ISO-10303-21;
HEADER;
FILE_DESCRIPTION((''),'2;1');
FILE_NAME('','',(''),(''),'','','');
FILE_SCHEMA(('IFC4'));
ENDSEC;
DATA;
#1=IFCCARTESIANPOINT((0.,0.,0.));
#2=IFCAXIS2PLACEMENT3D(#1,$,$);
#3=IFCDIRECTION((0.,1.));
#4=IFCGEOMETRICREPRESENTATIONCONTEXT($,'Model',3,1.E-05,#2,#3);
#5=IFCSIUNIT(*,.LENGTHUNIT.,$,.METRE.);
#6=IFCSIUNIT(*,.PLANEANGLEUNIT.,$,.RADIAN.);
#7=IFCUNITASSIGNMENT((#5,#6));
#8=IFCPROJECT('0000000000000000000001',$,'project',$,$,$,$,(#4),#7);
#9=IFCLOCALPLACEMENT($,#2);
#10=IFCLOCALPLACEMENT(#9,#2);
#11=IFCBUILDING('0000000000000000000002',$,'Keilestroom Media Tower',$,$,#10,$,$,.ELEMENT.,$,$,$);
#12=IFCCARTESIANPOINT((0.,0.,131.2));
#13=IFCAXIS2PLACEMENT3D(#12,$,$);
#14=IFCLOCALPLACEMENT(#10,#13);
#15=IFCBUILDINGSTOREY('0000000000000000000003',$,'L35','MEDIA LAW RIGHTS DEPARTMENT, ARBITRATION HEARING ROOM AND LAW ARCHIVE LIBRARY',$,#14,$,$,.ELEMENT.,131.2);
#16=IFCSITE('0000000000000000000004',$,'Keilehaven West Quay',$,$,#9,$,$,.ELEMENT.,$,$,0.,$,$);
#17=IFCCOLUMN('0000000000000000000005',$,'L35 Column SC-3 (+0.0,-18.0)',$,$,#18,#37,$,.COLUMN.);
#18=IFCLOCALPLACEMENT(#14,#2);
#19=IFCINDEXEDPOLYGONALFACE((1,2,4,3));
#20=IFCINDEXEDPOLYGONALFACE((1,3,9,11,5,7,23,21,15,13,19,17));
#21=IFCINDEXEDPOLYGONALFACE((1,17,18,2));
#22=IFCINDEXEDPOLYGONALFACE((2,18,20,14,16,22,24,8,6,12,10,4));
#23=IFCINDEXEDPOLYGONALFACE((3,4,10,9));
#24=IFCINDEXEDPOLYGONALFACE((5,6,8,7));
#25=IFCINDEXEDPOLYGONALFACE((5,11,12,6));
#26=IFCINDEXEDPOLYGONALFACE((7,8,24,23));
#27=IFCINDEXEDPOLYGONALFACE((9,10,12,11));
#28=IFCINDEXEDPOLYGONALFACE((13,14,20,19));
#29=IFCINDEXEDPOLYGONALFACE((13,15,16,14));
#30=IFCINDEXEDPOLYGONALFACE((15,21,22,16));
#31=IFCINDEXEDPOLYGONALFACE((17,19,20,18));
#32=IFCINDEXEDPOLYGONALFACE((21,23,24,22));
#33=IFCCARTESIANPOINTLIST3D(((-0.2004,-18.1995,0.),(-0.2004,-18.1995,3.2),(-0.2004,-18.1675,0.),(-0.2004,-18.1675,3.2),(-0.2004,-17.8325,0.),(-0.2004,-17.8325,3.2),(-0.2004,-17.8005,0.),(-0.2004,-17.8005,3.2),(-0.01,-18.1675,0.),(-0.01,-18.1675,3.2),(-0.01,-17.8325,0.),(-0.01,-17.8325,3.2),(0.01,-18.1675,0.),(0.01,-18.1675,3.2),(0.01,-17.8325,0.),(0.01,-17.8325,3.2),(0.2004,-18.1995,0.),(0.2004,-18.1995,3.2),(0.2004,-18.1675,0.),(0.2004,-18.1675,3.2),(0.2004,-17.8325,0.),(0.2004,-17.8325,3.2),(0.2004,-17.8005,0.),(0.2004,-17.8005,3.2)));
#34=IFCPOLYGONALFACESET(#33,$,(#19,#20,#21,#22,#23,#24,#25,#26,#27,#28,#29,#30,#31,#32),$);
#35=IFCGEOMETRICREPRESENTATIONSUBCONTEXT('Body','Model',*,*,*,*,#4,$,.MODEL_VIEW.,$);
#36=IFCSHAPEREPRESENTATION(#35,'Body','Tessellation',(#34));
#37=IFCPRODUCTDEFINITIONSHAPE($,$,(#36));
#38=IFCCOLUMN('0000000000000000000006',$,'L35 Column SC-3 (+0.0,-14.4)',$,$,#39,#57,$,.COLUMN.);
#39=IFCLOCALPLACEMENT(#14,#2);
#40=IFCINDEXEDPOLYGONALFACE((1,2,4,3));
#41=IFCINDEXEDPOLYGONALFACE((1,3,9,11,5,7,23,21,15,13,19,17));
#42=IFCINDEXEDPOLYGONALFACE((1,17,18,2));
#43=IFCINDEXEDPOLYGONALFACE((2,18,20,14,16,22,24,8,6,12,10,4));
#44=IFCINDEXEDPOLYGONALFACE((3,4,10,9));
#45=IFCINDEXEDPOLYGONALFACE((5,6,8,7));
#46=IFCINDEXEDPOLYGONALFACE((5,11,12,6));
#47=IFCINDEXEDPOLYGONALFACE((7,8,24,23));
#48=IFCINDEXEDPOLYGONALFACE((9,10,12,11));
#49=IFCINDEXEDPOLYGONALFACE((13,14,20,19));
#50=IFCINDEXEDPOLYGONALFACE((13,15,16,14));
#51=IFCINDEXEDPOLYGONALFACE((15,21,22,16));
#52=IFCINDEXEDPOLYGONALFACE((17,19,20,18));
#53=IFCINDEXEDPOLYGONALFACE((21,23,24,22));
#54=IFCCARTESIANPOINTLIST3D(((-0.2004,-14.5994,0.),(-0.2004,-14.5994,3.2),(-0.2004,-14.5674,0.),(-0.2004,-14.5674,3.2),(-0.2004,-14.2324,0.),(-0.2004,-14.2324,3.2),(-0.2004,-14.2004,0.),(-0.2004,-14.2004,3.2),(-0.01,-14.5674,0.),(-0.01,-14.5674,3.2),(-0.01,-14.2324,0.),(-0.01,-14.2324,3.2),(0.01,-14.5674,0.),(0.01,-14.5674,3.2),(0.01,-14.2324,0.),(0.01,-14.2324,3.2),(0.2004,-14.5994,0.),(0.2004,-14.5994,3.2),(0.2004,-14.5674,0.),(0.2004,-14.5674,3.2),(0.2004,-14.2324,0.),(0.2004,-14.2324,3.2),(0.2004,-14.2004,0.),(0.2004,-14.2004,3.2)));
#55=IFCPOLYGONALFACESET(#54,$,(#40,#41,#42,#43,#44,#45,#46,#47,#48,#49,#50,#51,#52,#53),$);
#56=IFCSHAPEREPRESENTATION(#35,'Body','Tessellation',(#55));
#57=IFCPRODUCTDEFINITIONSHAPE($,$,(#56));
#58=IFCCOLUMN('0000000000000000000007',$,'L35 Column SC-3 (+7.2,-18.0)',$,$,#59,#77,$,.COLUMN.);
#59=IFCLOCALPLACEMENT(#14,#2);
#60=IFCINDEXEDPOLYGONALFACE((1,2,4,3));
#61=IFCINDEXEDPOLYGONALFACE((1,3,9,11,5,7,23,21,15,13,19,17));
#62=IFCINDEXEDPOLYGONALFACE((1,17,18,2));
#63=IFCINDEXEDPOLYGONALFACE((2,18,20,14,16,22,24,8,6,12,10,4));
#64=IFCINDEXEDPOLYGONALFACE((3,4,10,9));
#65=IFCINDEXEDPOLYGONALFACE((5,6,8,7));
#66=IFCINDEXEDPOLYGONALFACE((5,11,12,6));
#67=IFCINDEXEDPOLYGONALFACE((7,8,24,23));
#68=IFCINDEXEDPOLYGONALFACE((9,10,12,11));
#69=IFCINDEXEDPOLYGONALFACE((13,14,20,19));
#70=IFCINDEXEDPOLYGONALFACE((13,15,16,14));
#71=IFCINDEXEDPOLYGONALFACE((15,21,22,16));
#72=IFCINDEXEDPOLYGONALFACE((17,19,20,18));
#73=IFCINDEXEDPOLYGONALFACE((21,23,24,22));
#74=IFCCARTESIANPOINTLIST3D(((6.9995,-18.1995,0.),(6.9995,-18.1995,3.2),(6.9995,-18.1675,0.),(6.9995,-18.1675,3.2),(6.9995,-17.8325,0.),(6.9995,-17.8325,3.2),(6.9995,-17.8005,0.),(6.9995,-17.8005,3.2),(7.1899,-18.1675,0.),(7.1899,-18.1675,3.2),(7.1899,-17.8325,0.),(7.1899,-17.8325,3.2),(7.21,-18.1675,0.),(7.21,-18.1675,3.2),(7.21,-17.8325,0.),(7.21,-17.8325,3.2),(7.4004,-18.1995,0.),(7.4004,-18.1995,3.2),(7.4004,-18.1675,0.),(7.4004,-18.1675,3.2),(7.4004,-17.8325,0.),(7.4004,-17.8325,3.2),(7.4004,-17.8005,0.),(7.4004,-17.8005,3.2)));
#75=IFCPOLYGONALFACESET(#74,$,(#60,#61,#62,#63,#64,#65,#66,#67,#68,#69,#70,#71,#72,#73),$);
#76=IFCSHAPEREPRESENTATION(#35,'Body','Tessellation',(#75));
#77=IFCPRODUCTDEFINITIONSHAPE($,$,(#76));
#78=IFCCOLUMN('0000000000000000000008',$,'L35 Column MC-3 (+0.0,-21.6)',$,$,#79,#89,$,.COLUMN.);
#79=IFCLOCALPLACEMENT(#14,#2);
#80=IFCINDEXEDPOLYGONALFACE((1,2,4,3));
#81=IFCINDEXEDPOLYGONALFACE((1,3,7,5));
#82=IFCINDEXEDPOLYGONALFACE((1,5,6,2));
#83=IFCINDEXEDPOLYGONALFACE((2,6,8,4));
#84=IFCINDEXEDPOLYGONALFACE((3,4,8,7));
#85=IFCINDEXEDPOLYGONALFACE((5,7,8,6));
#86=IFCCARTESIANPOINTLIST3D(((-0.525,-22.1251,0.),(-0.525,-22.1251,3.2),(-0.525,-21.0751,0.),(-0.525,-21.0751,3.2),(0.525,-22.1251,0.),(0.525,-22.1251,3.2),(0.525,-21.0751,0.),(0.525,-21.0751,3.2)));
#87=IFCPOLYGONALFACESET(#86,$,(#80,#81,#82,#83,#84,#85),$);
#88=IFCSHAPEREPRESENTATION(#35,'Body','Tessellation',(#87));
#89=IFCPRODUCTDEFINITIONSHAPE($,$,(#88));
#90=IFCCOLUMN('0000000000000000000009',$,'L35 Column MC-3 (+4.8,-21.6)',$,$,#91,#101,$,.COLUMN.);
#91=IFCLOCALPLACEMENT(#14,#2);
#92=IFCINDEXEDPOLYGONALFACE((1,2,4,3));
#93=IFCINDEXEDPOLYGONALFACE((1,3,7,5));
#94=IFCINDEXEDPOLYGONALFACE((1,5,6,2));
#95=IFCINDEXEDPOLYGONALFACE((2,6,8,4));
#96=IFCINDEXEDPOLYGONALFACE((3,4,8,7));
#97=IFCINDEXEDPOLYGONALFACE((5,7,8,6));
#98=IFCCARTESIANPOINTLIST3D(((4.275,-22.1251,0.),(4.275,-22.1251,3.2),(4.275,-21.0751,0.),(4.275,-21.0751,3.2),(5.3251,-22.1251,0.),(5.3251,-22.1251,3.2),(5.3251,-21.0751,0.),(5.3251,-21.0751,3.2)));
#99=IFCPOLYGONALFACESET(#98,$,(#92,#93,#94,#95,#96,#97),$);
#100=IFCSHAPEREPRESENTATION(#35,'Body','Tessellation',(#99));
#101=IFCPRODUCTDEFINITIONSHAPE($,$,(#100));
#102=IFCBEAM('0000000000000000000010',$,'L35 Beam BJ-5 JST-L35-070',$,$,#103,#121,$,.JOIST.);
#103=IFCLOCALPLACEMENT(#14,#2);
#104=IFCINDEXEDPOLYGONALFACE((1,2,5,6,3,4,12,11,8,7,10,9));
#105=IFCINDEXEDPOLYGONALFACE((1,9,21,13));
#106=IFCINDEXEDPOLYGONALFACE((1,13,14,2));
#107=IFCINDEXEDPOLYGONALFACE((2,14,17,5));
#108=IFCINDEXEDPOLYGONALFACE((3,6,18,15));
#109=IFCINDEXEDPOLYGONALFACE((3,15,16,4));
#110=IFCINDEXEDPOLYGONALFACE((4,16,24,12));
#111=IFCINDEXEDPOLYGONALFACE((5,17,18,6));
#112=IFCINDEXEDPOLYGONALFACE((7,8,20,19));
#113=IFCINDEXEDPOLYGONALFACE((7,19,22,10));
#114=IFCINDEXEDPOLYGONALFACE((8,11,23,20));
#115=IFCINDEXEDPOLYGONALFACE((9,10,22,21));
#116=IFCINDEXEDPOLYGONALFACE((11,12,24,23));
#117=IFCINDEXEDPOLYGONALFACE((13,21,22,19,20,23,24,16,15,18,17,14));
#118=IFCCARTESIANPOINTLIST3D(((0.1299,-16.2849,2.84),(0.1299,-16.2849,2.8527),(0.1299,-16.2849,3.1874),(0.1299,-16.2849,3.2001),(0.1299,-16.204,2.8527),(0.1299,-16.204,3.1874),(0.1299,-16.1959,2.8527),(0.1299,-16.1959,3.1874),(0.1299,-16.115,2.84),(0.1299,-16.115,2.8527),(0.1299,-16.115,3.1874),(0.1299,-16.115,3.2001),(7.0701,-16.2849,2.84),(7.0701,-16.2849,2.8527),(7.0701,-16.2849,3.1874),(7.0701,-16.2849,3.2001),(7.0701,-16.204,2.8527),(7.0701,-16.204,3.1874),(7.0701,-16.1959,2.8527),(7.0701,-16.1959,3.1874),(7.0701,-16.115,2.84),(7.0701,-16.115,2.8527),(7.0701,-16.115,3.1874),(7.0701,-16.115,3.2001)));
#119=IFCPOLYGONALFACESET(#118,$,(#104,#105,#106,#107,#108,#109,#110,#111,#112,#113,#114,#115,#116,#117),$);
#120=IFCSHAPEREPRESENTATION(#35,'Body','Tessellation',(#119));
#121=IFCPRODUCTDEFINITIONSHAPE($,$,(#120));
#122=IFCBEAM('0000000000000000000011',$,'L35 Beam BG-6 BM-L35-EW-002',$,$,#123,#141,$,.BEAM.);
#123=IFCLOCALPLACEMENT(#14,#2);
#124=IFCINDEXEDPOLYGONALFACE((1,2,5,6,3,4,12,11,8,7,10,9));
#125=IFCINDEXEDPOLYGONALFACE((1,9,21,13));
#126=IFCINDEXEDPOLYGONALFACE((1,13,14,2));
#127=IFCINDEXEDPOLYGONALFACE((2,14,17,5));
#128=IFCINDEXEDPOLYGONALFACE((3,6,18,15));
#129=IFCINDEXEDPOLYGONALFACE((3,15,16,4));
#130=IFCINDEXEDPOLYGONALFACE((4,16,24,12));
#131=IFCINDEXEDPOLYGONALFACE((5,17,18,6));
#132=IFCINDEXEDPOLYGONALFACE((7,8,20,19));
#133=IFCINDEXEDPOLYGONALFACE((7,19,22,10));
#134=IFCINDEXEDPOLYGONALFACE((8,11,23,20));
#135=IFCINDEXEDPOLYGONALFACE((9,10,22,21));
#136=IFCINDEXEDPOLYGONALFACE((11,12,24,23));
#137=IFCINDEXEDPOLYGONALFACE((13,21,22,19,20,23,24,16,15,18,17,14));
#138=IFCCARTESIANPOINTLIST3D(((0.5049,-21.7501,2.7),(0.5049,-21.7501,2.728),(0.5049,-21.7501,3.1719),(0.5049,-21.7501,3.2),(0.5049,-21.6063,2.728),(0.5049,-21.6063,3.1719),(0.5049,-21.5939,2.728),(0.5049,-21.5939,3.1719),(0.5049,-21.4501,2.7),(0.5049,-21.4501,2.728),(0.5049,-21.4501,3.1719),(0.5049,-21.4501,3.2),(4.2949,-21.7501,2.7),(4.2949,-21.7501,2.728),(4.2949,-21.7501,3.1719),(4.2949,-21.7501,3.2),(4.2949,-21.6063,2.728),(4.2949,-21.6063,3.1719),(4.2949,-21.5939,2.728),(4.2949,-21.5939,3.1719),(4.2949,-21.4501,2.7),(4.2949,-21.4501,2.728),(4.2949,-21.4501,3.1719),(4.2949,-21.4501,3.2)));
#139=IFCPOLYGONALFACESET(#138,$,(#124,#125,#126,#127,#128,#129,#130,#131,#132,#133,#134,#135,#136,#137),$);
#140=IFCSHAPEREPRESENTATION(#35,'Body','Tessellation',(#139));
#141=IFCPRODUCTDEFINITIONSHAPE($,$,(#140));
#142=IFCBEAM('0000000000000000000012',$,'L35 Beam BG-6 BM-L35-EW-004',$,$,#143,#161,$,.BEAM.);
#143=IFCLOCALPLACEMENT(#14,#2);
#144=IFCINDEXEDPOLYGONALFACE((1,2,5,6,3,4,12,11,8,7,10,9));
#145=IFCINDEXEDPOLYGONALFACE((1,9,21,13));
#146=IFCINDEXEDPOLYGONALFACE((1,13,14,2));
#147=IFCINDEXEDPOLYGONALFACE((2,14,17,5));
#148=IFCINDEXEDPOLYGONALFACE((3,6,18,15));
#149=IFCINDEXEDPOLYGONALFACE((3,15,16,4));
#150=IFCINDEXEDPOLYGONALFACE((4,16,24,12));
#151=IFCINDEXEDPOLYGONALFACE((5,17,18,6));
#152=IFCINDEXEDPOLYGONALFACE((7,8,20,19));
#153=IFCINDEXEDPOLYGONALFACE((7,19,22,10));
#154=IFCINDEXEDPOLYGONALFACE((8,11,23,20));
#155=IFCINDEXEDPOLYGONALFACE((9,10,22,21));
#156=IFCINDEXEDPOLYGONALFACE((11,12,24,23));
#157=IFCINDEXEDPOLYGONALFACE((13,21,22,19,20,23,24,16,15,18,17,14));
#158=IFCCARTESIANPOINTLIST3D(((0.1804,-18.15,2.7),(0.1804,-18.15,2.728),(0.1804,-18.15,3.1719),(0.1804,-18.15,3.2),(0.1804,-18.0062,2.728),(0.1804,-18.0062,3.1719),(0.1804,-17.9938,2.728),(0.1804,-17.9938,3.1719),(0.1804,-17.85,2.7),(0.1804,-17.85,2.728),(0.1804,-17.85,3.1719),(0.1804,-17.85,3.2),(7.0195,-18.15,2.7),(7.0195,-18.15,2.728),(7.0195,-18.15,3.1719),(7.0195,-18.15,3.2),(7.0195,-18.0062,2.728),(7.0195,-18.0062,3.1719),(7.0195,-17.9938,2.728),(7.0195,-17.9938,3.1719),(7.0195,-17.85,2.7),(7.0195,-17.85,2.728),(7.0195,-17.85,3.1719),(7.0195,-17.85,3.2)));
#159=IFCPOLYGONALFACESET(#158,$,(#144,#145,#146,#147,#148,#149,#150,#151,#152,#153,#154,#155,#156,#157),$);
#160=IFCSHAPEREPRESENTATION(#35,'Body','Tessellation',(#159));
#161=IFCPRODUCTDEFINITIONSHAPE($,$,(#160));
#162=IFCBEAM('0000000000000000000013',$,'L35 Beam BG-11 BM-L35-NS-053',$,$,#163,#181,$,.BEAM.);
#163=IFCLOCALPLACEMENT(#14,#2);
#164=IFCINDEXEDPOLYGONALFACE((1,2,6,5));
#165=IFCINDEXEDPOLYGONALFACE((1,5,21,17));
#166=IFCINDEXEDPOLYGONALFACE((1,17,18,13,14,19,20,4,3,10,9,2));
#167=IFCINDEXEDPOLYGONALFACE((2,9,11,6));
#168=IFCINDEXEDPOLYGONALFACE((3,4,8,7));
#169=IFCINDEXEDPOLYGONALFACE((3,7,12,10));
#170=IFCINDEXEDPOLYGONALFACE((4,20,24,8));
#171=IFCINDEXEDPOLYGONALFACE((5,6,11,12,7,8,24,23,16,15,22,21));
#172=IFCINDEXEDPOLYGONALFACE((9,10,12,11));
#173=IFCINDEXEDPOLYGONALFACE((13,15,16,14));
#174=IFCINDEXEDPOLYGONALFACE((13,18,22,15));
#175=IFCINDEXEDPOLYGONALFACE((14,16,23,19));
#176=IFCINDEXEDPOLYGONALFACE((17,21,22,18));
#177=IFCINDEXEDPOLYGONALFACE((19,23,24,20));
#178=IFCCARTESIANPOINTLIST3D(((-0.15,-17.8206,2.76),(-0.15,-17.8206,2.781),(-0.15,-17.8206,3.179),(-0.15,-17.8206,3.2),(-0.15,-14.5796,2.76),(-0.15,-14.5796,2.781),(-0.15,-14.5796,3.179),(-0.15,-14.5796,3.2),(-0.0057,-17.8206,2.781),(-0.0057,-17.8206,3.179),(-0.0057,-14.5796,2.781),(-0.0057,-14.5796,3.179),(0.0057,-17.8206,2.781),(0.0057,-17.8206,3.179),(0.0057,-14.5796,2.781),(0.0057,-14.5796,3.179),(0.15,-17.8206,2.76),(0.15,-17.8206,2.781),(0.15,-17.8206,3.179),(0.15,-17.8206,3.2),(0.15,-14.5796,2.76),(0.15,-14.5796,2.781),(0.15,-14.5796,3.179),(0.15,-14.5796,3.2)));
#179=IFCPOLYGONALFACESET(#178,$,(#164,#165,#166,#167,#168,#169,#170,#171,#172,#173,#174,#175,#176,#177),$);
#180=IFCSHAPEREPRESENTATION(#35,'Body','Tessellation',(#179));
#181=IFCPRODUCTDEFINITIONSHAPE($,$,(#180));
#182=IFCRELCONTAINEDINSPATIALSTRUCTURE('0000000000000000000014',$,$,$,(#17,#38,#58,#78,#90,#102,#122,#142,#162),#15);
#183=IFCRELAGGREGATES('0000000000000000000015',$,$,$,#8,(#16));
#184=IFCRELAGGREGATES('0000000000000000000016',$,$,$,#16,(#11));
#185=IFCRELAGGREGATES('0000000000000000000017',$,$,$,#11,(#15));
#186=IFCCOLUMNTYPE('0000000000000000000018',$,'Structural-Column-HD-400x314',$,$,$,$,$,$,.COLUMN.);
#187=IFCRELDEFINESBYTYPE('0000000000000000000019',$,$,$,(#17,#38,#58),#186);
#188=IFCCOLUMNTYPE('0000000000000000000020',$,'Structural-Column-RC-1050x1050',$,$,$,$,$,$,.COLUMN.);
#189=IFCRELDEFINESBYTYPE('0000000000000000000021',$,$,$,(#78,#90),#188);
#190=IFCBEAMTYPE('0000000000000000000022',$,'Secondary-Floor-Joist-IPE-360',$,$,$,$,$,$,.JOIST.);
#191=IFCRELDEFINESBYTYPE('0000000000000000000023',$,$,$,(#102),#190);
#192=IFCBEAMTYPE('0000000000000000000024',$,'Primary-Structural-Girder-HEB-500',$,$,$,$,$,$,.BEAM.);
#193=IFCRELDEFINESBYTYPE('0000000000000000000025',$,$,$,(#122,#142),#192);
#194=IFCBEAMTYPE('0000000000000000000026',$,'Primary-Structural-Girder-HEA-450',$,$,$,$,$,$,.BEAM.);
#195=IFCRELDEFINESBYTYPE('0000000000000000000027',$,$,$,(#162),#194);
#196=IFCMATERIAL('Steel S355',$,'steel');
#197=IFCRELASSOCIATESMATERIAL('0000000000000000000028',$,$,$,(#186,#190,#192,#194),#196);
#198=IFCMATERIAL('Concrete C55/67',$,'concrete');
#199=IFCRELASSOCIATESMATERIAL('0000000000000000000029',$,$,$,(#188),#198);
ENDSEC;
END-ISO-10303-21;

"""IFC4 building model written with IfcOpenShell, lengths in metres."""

from ifc_helpers import new_model, si_unit, direction, frame, origin, origin_2d, place, context, subcontext, project, spatial, rectangle, i_section, extrude, source, transform, mapped, material, material_profile, profile_set, type_object, element, save


model = new_model("IFC4")

# Units and contexts
model_context = context("Model", 3, precision=1e-05, world=origin(), true_north=direction((0.0, 1.0)))
body_context = subcontext(model_context, "Body", "Model", "MODEL_VIEW")
ifc_project = project(units=[si_unit("LENGTHUNIT", "METRE"), si_unit("PLANEANGLEUNIT", "RADIAN")], contexts=[model_context])

# Site, building, storey
site_placement = place(None, origin())
site = spatial("IfcSite", under=ifc_project, at=site_placement, Name="Keilehaven West Quay", CompositionType="ELEMENT", RefElevation=0.0)
building_placement = place(site_placement, origin())
building = spatial("IfcBuilding", under=site, at=building_placement, Name="Keilestroom Media Tower", CompositionType="ELEMENT")
storey_placement = place(building_placement, frame((0.0, 0.0, 131.2)))
storey = spatial("IfcBuildingStorey", under=building, at=storey_placement, Name="L35", Description="MEDIA LAW RIGHTS DEPARTMENT, ARBITRATION HEARING ROOM AND LAW ARCHIVE LIBRARY", CompositionType="ELEMENT", Elevation=131.2)

# Columns
ifc_material_1 = material(Name="Steel S355", Category="steel")
ifc_material_profile_1 = material_profile(ifc_material_1, i_section(OverallWidth=0.4009, OverallDepth=0.3989, WebThickness=0.02, FlangeThickness=0.032, at=origin_2d()), Name="HD 400x314")
ifc_profile_set_1 = profile_set([ifc_material_profile_1], Name="Steel S355")
column_type_1 = type_object("IfcColumnType", Name="Structural-Column-HD-400x314", PredefinedType="COLUMN", material=ifc_profile_set_1)
shared_shape_1 = source(origin(), body_context, "Body", "SweptSolid", [
    extrude(i_section(OverallWidth=0.4009, OverallDepth=0.3989, WebThickness=0.02, FlangeThickness=0.032, at=origin_2d()), origin(), (0.0, 0.0, 1.0), 3.2),
])
for number, where, z_axis, x_axis, name in (
    (1, (0.0, -18.0, 0.0), (0.0, 0.0, 1.0), (1.0, 0.0, 0.0), "L35 Column SC-3 (+0.0,-18.0)"),
    (2, (0.0, -14.3999, 0.0), (0.0, 0.0, 1.0), (1.0, 0.0, 0.0), "L35 Column SC-3 (+0.0,-14.4)"),
    (3, (7.2, -18.0, 0.0), (0.0, 0.0, 1.0), (1.0, 0.0, 0.0), "L35 Column SC-3 (+7.2,-18.0)"),
):
    element("IfcColumn", number, at=place(storey_placement, frame(where, z_axis=z_axis, x_axis=x_axis)), inside=storey, type_object=column_type_1, Name=name, PredefinedType="COLUMN", context=body_context, shape_type="MappedRepresentation", body=[
        mapped(shared_shape_1, transform((0.0, 0.0, 0.0), x_axis=(1.0, 0.0, 0.0), y_axis=(0.0, 1.0, 0.0), z_axis=(0.0, 0.0, 1.0), scale=1.0)),
    ])
ifc_material_2 = material(Name="Concrete C55/67", Category="concrete")
ifc_material_profile_2 = material_profile(ifc_material_2, rectangle(XDim=1.05, YDim=1.05, at=origin_2d()), Name="RC 1050x1050")
ifc_profile_set_2 = profile_set([ifc_material_profile_2], Name="Concrete C55/67")
column_type_2 = type_object("IfcColumnType", Name="Structural-Column-RC-1050x1050", PredefinedType="COLUMN", material=ifc_profile_set_2)
shared_shape_2 = source(origin(), body_context, "Body", "SweptSolid", [
    extrude(rectangle(XDim=1.05, YDim=1.05, at=origin_2d()), origin(), (0.0, 0.0, 1.0), 3.2),
])
for number, where, z_axis, x_axis, name in (
    (4, (0.0, -21.6001, 0.0), (0.0, 0.0, 1.0), (1.0, 0.0, 0.0), "L35 Column MC-3 (+0.0,-21.6)"),
    (5, (4.8, -21.6001, 0.0), (0.0, 0.0, 1.0), (1.0, 0.0, 0.0), "L35 Column MC-3 (+4.8,-21.6)"),
):
    element("IfcColumn", number, at=place(storey_placement, frame(where, z_axis=z_axis, x_axis=x_axis)), inside=storey, type_object=column_type_2, Name=name, PredefinedType="COLUMN", context=body_context, shape_type="MappedRepresentation", body=[
        mapped(shared_shape_2, transform((0.0, 0.0, 0.0), x_axis=(1.0, 0.0, 0.0), y_axis=(0.0, 1.0, 0.0), z_axis=(0.0, 0.0, 1.0), scale=1.0)),
    ])

# Beams
ifc_material_profile_3 = material_profile(ifc_material_1, i_section(OverallWidth=0.1699, OverallDepth=0.3601, WebThickness=0.0081, FlangeThickness=0.0127, at=origin_2d()), Name="IPE 360")
ifc_profile_set_3 = profile_set([ifc_material_profile_3], Name="Steel S355")
beam_type_1 = type_object("IfcBeamType", Name="Secondary-Floor-Joist-IPE-360", PredefinedType="JOIST", material=ifc_profile_set_3)
shared_shape_3 = source(origin(), body_context, "Body", "SweptSolid", [
    extrude(i_section(OverallWidth=0.1699, OverallDepth=0.3601, WebThickness=0.0081, FlangeThickness=0.0127, at=origin_2d()), origin(), (0.0, 0.0, 1.0), 6.9402),
])
beam_1_placement = place(storey_placement, frame((0.1299, -16.2, 3.02), z_axis=(1.0, 0.0, 0.0), x_axis=(0.0, 1.0, 0.0)))
element("IfcBeam", 6, at=beam_1_placement, inside=storey, type_object=beam_type_1, Name="L35 Beam BJ-5 JST-L35-070", PredefinedType="JOIST", context=body_context, shape_type="MappedRepresentation", body=[
    mapped(shared_shape_3, transform((0.0, 0.0, 0.0), x_axis=(1.0, 0.0, 0.0), y_axis=(0.0, 1.0, 0.0), z_axis=(0.0, 0.0, 1.0), scale=1.0)),
])
ifc_material_profile_4 = material_profile(ifc_material_1, i_section(OverallWidth=0.3, OverallDepth=0.5, WebThickness=0.0125, FlangeThickness=0.0281, at=origin_2d()), Name="HEB 500")
ifc_profile_set_4 = profile_set([ifc_material_profile_4], Name="Steel S355")
beam_type_2 = type_object("IfcBeamType", Name="Primary-Structural-Girder-HEB-500", PredefinedType="BEAM", material=ifc_profile_set_4)
shared_shape_4 = source(origin(), body_context, "Body", "SweptSolid", [
    extrude(i_section(OverallWidth=0.3, OverallDepth=0.5, WebThickness=0.0125, FlangeThickness=0.0281, at=origin_2d()), origin(), (0.0, 0.0, 1.0), 3.79),
])
beam_2_placement = place(storey_placement, frame((0.5049, -21.6001, 2.95), z_axis=(1.0, 0.0, 0.0), x_axis=(0.0, 1.0, 0.0)))
element("IfcBeam", 7, at=beam_2_placement, inside=storey, type_object=beam_type_2, Name="L35 Beam BG-6 BM-L35-EW-002", PredefinedType="BEAM", context=body_context, shape_type="MappedRepresentation", body=[
    mapped(shared_shape_4, transform((0.0, 0.0, 0.0), x_axis=(1.0, 0.0, 0.0), y_axis=(0.0, 1.0, 0.0), z_axis=(0.0, 0.0, 1.0), scale=1.0)),
])
shared_shape_5 = source(origin(), body_context, "Body", "SweptSolid", [
    extrude(i_section(OverallWidth=0.3, OverallDepth=0.5, WebThickness=0.0125, FlangeThickness=0.0281, at=origin_2d()), origin(), (0.0, 0.0, 1.0), 6.8391),
])
beam_3_placement = place(storey_placement, frame((0.1804, -18.0, 2.95), z_axis=(1.0, 0.0, 0.0), x_axis=(0.0, 1.0, 0.0)))
element("IfcBeam", 8, at=beam_3_placement, inside=storey, type_object=beam_type_2, Name="L35 Beam BG-6 BM-L35-EW-004", PredefinedType="BEAM", context=body_context, shape_type="MappedRepresentation", body=[
    mapped(shared_shape_5, transform((0.0, 0.0, 0.0), x_axis=(1.0, 0.0, 0.0), y_axis=(0.0, 1.0, 0.0), z_axis=(0.0, 0.0, 1.0), scale=1.0)),
])
ifc_material_profile_5 = material_profile(ifc_material_1, i_section(OverallWidth=0.3, OverallDepth=0.4399, WebThickness=0.0115, FlangeThickness=0.021, at=origin_2d()), Name="HEA 450")
ifc_profile_set_5 = profile_set([ifc_material_profile_5], Name="Steel S355")
beam_type_3 = type_object("IfcBeamType", Name="Primary-Structural-Girder-HEA-450", PredefinedType="BEAM", material=ifc_profile_set_5)
shared_shape_6 = source(origin(), body_context, "Body", "SweptSolid", [
    extrude(i_section(OverallWidth=0.3, OverallDepth=0.4399, WebThickness=0.0115, FlangeThickness=0.021, at=origin_2d()), origin(), (0.0, 0.0, 1.0), 3.241),
])
for number, where, z_axis, x_axis, name in (
    (9, (0.0, -17.8206, 2.98), (0.0, 1.0, 0.0), (-1.0, 0.0, 0.0), "L35 Beam BG-11 BM-L35-NS-053"),
):
    element("IfcBeam", number, at=place(storey_placement, frame(where, z_axis=z_axis, x_axis=x_axis)), inside=storey, type_object=beam_type_3, Name=name, PredefinedType="BEAM", context=body_context, shape_type="MappedRepresentation", body=[
        mapped(shared_shape_6, transform((0.0, 0.0, 0.0), x_axis=(1.0, 0.0, 0.0), y_axis=(0.0, 1.0, 0.0), z_axis=(0.0, 0.0, 1.0), scale=1.0)),
    ])

save(model, "model.ifc")
